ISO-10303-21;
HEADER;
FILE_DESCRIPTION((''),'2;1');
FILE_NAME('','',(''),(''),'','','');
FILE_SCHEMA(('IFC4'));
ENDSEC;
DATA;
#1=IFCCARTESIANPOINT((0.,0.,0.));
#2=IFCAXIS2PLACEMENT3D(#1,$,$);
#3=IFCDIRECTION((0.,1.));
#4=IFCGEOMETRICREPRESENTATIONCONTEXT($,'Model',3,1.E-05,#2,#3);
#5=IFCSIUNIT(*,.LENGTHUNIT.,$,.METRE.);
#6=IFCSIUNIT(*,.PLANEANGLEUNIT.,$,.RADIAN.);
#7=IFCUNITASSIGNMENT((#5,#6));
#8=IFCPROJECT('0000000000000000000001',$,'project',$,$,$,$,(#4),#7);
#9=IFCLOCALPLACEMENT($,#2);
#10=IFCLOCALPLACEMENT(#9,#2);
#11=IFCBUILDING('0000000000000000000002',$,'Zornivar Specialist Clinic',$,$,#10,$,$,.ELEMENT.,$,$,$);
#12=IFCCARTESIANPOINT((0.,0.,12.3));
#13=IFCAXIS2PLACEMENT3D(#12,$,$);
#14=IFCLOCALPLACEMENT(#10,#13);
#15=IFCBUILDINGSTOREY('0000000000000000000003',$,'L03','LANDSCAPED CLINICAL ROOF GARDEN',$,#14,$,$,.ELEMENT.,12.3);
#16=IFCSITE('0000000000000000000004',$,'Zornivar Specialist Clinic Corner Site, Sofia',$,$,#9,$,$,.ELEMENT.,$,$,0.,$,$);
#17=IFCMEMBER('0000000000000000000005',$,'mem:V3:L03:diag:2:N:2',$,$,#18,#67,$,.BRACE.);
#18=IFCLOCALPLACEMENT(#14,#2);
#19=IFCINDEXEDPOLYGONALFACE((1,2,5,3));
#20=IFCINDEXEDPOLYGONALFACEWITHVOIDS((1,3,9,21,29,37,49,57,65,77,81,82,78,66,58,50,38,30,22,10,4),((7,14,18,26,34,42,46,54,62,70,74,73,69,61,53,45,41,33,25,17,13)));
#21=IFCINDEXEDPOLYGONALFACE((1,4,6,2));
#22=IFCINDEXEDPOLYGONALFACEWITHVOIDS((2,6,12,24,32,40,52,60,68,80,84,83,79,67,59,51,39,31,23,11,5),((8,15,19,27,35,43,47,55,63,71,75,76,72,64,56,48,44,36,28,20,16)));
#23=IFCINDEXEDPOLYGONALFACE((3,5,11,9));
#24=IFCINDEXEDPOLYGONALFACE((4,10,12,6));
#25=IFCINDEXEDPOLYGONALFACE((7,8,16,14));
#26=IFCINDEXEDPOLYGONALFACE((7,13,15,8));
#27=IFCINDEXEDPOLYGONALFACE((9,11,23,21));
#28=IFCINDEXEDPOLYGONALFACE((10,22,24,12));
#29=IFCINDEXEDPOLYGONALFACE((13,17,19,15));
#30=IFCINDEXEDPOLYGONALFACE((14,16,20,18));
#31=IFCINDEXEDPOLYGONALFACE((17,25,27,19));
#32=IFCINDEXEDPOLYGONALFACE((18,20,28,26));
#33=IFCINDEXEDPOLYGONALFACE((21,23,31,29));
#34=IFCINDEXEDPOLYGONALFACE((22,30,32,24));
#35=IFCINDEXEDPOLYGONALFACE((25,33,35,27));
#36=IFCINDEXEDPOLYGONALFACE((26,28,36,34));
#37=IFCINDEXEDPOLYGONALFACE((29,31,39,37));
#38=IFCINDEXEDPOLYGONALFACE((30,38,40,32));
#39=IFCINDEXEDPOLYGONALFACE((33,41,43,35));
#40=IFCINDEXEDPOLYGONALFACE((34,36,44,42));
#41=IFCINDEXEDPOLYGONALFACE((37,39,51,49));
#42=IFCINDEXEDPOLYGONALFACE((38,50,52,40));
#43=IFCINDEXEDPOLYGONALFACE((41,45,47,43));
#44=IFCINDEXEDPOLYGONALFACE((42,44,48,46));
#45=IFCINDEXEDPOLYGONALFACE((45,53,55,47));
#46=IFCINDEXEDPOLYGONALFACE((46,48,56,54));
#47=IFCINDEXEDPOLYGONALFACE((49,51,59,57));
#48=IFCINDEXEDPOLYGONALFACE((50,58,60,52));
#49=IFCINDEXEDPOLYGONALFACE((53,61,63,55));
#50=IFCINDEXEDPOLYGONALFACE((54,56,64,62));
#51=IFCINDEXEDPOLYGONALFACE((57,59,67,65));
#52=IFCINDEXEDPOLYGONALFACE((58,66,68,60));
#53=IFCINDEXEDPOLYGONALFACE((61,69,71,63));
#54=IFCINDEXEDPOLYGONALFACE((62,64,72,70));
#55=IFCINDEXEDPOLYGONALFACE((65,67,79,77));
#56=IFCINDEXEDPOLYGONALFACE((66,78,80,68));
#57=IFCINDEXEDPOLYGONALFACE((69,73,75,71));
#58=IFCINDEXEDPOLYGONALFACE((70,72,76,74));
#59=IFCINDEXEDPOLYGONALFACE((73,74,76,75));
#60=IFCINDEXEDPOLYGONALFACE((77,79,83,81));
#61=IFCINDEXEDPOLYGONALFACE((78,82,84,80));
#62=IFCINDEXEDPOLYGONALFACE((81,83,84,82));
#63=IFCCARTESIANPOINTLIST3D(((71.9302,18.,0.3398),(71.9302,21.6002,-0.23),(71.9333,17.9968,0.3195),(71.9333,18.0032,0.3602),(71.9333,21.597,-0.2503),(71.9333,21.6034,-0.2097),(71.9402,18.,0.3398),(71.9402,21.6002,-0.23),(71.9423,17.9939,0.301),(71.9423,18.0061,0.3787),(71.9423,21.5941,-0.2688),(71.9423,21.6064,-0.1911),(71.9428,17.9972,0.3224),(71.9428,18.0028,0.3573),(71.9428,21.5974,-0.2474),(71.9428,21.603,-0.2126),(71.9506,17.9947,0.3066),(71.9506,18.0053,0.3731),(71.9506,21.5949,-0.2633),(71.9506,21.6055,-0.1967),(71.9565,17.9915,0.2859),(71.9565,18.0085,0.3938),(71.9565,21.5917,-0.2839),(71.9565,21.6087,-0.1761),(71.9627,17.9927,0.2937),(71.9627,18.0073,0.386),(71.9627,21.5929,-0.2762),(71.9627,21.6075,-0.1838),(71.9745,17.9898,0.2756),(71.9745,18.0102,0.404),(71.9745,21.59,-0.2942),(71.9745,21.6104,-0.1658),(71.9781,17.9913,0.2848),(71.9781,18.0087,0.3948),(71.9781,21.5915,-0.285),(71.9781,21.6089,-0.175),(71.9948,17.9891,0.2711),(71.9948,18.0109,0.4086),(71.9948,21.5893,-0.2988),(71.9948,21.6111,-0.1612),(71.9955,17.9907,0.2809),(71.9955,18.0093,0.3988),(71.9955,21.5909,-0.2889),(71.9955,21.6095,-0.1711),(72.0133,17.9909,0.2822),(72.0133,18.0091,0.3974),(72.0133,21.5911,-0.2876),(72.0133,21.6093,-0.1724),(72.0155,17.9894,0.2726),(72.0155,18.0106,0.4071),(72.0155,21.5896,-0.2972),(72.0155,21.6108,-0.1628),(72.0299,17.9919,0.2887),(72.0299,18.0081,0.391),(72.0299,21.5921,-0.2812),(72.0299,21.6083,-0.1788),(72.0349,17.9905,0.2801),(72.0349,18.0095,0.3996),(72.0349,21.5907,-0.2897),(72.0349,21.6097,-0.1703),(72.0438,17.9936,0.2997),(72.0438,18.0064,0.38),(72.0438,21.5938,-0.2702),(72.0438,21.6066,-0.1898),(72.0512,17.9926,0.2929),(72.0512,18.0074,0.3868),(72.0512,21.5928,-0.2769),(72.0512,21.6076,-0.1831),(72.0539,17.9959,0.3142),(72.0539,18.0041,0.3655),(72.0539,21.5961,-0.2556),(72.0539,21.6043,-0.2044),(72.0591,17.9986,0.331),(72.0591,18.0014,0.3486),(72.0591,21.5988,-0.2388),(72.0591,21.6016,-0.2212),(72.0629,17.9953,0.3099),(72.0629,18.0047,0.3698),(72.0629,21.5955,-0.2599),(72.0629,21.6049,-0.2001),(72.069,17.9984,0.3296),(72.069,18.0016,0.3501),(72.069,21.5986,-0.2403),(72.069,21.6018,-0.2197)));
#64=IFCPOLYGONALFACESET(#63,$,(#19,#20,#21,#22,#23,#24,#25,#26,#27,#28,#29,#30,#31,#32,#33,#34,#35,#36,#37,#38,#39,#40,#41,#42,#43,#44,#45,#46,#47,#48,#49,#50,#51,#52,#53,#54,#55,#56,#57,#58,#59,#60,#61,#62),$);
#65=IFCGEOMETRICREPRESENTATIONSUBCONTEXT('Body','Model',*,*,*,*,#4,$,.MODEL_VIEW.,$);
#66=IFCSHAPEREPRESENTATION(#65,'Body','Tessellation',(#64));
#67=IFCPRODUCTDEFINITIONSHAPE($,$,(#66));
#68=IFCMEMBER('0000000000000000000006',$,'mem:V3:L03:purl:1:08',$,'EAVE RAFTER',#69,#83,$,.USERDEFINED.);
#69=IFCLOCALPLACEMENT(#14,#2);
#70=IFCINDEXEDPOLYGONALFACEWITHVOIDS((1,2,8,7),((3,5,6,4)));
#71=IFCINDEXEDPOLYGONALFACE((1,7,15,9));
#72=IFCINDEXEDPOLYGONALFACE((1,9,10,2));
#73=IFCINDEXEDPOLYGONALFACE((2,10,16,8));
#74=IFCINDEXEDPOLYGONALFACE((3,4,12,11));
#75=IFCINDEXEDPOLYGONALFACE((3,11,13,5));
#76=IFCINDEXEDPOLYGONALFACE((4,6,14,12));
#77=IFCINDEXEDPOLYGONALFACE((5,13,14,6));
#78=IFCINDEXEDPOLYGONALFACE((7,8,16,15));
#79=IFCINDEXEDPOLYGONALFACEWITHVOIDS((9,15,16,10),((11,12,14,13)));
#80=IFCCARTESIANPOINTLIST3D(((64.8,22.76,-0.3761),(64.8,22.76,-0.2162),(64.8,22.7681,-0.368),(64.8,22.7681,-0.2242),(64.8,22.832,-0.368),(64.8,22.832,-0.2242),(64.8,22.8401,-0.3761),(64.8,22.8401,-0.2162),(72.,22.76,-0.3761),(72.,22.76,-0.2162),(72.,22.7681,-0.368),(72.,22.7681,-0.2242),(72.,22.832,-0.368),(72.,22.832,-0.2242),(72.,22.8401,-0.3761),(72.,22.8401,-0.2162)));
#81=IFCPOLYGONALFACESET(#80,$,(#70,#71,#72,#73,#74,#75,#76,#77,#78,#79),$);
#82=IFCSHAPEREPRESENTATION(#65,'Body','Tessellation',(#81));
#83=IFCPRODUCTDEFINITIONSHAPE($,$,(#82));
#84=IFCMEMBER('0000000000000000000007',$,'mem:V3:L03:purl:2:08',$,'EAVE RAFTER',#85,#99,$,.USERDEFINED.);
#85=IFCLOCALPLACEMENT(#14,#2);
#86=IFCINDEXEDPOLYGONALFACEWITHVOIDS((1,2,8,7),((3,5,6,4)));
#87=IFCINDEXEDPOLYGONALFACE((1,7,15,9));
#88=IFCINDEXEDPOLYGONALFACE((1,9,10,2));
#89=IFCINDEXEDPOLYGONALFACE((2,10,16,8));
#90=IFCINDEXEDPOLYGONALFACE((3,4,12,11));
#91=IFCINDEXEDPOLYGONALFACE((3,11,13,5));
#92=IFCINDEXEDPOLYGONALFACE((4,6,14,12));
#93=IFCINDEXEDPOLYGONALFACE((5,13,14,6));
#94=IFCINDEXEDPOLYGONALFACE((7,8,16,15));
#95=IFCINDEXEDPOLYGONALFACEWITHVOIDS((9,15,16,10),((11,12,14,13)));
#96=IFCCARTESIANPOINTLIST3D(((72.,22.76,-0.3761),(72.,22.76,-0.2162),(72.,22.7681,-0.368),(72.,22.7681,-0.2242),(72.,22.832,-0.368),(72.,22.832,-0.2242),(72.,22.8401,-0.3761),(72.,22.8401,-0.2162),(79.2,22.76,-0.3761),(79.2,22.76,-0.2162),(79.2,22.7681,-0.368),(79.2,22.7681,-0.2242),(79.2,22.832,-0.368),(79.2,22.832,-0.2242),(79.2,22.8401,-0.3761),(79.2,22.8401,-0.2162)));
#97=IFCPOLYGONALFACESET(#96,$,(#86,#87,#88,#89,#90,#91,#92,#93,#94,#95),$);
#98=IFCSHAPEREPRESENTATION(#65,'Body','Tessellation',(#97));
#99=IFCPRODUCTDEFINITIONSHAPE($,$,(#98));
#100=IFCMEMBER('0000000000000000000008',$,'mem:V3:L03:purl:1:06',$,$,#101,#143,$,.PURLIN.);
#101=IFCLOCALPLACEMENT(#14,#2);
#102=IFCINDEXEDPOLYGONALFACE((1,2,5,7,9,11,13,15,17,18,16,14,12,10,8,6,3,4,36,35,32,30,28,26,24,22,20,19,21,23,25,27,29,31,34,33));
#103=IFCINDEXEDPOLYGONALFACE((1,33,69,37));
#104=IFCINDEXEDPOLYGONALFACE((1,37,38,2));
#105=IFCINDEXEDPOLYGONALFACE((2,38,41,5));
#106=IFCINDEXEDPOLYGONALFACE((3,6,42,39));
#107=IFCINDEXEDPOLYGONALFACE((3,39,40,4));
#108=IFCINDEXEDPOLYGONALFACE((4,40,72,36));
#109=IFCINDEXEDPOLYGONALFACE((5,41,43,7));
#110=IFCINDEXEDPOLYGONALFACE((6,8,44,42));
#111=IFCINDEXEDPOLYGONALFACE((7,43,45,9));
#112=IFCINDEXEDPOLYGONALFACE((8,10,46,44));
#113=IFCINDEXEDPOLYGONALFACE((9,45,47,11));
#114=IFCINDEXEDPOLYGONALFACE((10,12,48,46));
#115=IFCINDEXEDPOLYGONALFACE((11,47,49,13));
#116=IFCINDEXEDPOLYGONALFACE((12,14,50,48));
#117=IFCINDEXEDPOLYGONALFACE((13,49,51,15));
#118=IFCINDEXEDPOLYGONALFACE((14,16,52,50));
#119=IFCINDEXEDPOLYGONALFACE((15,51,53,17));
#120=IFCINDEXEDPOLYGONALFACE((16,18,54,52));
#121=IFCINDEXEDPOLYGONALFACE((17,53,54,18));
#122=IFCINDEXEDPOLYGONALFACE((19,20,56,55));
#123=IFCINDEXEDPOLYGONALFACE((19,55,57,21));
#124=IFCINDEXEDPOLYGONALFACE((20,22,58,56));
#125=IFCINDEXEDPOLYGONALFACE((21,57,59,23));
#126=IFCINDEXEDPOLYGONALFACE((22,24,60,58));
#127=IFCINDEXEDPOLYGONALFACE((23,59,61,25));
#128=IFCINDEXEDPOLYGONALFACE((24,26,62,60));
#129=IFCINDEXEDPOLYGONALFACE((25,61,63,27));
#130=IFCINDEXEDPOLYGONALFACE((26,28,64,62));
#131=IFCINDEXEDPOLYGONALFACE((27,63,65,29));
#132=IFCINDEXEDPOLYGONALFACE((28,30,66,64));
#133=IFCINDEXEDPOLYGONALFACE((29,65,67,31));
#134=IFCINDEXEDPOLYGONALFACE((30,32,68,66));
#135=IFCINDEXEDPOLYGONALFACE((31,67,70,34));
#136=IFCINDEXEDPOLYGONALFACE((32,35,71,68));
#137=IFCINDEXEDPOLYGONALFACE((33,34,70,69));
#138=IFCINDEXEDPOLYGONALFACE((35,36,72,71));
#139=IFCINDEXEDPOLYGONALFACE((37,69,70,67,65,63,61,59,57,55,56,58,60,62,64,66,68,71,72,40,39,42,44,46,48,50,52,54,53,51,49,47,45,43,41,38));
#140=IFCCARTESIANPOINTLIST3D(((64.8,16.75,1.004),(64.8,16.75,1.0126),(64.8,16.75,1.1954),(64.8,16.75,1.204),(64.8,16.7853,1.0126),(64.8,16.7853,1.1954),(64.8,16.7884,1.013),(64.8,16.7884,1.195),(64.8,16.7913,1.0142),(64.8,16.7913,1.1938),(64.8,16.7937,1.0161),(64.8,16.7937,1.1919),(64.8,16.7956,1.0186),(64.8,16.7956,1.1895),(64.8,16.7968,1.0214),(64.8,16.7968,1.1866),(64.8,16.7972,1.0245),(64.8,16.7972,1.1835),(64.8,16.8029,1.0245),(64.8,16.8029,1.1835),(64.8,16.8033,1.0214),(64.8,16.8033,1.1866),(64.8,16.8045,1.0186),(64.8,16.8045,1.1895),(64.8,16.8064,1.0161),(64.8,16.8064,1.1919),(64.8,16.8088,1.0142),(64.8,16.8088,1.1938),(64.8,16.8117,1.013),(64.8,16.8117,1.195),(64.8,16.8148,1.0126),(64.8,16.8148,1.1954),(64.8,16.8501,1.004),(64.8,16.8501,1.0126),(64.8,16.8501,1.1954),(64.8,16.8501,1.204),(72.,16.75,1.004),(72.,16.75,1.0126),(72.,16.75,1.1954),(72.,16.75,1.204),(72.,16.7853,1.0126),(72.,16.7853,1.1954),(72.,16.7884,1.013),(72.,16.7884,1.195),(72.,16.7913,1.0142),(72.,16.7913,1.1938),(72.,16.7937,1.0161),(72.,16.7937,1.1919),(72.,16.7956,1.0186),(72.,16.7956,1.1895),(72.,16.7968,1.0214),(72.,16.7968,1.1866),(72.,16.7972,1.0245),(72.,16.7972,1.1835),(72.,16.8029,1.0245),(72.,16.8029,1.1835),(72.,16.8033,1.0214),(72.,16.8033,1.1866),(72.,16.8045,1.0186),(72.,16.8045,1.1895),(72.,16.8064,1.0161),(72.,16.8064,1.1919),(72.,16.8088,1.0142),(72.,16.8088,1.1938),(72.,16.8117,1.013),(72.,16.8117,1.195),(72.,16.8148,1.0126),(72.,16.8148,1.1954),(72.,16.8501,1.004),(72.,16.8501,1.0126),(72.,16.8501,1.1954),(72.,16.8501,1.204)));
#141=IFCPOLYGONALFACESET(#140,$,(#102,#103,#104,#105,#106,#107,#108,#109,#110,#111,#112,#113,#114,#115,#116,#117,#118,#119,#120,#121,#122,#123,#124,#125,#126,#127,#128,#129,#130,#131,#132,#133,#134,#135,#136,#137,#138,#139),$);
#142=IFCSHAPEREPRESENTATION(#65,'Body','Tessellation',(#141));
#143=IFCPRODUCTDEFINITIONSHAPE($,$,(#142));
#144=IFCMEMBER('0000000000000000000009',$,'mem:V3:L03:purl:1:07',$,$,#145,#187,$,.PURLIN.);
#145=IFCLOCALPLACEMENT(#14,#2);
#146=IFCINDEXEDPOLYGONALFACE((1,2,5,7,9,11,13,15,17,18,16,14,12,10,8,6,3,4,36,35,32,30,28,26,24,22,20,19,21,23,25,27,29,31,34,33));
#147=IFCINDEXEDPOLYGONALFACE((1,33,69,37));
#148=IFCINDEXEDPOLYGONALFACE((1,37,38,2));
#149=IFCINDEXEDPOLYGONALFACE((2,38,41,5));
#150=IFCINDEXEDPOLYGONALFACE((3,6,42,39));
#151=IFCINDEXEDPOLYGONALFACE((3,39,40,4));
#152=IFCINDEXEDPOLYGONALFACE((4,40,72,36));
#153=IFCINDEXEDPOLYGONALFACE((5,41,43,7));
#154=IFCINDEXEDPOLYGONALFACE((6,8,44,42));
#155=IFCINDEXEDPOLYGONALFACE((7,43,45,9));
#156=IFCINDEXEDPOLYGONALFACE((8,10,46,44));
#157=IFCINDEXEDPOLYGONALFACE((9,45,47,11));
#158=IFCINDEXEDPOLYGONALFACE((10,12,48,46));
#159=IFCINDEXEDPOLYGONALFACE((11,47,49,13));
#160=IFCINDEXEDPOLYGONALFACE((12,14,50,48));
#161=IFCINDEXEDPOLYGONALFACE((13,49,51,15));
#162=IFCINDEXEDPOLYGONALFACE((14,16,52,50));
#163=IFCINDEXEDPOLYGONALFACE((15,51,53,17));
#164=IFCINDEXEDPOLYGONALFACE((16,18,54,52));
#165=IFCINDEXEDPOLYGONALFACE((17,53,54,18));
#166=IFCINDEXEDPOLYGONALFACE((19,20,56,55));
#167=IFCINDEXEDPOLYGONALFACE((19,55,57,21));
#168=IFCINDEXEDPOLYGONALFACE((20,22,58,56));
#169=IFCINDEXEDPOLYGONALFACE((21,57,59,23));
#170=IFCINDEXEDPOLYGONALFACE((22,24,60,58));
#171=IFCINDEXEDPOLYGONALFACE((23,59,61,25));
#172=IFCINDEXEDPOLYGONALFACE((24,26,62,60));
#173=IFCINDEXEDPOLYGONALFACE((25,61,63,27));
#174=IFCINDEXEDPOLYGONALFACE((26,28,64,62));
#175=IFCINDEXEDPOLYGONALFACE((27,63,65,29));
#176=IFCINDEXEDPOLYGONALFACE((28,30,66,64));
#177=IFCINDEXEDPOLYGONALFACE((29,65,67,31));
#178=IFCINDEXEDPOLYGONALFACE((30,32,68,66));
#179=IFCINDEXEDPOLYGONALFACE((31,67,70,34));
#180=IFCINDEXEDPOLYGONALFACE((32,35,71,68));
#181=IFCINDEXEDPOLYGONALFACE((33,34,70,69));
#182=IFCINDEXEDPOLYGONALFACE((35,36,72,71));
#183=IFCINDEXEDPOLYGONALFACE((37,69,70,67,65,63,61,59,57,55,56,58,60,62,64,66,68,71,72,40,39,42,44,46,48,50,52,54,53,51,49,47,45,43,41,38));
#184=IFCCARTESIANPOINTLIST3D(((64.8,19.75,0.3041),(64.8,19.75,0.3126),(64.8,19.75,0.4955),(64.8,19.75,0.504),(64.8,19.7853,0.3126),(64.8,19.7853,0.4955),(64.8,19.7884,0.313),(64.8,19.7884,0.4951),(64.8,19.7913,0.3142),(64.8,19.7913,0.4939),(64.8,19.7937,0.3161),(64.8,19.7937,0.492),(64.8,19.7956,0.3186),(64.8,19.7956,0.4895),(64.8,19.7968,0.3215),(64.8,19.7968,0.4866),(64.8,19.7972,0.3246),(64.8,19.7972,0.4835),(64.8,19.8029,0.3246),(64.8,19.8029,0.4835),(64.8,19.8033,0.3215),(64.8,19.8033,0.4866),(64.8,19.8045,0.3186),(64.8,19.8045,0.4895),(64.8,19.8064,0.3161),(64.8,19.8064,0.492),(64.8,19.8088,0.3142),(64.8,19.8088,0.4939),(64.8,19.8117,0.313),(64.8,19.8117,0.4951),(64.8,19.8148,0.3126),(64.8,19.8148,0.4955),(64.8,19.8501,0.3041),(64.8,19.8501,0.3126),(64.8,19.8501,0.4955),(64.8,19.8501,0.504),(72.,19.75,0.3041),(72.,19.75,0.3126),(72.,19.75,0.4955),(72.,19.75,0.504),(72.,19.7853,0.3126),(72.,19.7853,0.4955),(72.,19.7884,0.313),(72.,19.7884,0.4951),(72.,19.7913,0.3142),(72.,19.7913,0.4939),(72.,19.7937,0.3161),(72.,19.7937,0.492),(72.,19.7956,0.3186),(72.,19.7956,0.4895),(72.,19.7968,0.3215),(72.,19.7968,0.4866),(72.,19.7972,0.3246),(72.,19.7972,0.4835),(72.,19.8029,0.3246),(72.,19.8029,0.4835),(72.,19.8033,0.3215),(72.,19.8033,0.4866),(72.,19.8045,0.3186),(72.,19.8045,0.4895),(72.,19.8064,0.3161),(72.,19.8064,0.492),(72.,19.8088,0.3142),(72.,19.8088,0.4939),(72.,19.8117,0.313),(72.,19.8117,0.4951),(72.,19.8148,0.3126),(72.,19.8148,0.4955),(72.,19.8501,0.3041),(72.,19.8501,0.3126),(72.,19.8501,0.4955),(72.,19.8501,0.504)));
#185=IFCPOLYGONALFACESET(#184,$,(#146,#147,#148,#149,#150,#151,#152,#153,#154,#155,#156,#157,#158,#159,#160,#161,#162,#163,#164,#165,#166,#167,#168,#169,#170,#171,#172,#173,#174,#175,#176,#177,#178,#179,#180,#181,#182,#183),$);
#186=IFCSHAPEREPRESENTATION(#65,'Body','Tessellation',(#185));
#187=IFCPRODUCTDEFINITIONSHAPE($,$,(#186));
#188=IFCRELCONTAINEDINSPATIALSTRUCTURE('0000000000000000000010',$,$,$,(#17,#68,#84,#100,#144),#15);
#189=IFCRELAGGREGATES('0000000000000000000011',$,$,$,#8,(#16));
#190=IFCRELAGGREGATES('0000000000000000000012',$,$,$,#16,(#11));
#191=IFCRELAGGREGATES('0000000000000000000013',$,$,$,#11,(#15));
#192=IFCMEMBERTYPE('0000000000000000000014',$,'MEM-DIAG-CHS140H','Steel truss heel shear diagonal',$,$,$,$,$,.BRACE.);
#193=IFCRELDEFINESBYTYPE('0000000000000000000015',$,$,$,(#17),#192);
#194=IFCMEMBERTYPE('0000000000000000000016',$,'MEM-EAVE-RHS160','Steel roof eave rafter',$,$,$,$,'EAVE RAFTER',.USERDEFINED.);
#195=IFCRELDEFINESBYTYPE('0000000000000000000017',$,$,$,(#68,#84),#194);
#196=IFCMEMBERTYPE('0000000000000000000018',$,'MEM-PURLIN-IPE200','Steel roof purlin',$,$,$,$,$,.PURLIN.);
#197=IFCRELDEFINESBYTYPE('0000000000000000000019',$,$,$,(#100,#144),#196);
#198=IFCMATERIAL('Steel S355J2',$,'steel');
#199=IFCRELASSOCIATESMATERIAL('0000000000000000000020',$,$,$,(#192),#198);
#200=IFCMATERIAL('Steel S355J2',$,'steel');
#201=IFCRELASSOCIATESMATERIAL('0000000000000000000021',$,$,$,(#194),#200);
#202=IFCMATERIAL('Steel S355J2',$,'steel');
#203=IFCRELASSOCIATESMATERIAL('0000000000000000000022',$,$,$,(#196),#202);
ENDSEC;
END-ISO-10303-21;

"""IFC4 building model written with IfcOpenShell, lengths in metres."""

from ifc_helpers import new_model, si_unit, direction, frame, origin, origin_2d, place, context, subcontext, project, spatial, hollow_rectangle, hollow_circle, i_section, extrude, material, material_profile, profile_set, type_object, element, save


model = new_model("IFC4")

# Units and contexts
model_context = context("Model", 3, precision=1e-05, world=origin(), true_north=direction((0.0, 1.0)))
body_context = subcontext(model_context, "Body", "Model", "MODEL_VIEW")
ifc_project = project(units=[si_unit("LENGTHUNIT", "METRE"), si_unit("PLANEANGLEUNIT", "RADIAN")], contexts=[model_context])

# Site, building, storey
site_placement = place(None, origin())
site = spatial("IfcSite", under=ifc_project, at=site_placement, Name="Zornivar Specialist Clinic Corner Site, Sofia", CompositionType="ELEMENT", RefElevation=0.0)
building_placement = place(site_placement, origin())
building = spatial("IfcBuilding", under=site, at=building_placement, Name="Zornivar Specialist Clinic", CompositionType="ELEMENT")
storey_placement = place(building_placement, frame((0.0, 0.0, 12.3)))
storey = spatial("IfcBuildingStorey", under=building, at=storey_placement, Name="L03", Description="LANDSCAPED CLINICAL ROOF GARDEN", CompositionType="ELEMENT", Elevation=12.3)

# Members
ifc_material_1 = material(Name="Steel S355J2", Category="steel")
ifc_material_profile_1 = material_profile(ifc_material_1, hollow_circle(Radius=0.0698, WallThickness=0.01, at=origin_2d()), Name="CHS 139.7x10")
ifc_profile_set_1 = profile_set([ifc_material_profile_1], Name="Steel S355J2")
member_type_1 = type_object("IfcMemberType", Name="MEM-DIAG-CHS140H", Description="Steel truss heel shear diagonal", PredefinedType="BRACE", material=ifc_profile_set_1)
for number, where, z_axis, x_axis, name in (
    (1, (72.0, 18.0, 0.3398), (0.0, 0.987704, -0.156334), (-1.0, 0.0, 0.0), "mem:V3:L03:diag:2:N:2"),
):
    element("IfcMember", number, at=place(storey_placement, frame(where, z_axis=z_axis, x_axis=x_axis)), inside=storey, type_object=member_type_1, Name=name, PredefinedType="BRACE", context=body_context, shape_type="SweptSolid", body=[
        extrude(hollow_circle(Radius=0.0698, WallThickness=0.01, at=origin_2d()), origin(), (0.0, 0.0, 1.0), 3.645),
    ])
ifc_material_2 = material(Name="Steel S355J2", Category="steel")
ifc_material_profile_2 = material_profile(ifc_material_2, hollow_rectangle(XDim=0.0801, YDim=0.1599, WallThickness=0.0081, at=origin_2d()), Name="RHS 160x80x8")
ifc_profile_set_2 = profile_set([ifc_material_profile_2], Name="Steel S355J2")
member_type_2 = type_object("IfcMemberType", Name="MEM-EAVE-RHS160", Description="Steel roof eave rafter", ElementType="EAVE RAFTER", PredefinedType="USERDEFINED", material=ifc_profile_set_2)
for number, where, z_axis, x_axis, name in (
    (2, (64.8, 22.8, -0.2961), (1.0, 0.0, 0.0), (0.0, 1.0, 0.0), "mem:V3:L03:purl:1:08"),
    (3, (72.0, 22.8, -0.2961), (1.0, 0.0, 0.0), (0.0, 1.0, 0.0), "mem:V3:L03:purl:2:08"),
):
    element("IfcMember", number, at=place(storey_placement, frame(where, z_axis=z_axis, x_axis=x_axis)), inside=storey, type_object=member_type_2, Name=name, ObjectType="EAVE RAFTER", PredefinedType="USERDEFINED", context=body_context, shape_type="SweptSolid", body=[
        extrude(hollow_rectangle(XDim=0.0801, YDim=0.1599, WallThickness=0.0081, at=origin_2d()), origin(), (0.0, 0.0, 1.0), 7.2),
    ])
ifc_material_3 = material(Name="Steel S355J2", Category="steel")
ifc_material_profile_3 = material_profile(ifc_material_3, i_section(OverallWidth=0.1001, OverallDepth=0.2, WebThickness=0.0056, FlangeThickness=0.0085, FilletRadius=0.012, at=origin_2d()), Name="IPE 200")
ifc_profile_set_3 = profile_set([ifc_material_profile_3], Name="Steel S355J2")
member_type_3 = type_object("IfcMemberType", Name="MEM-PURLIN-IPE200", Description="Steel roof purlin", PredefinedType="PURLIN", material=ifc_profile_set_3)
for number, where, z_axis, x_axis, name in (
    (4, (64.8, 16.8, 1.104), (1.0, 0.0, 0.0), (0.0, 1.0, 0.0), "mem:V3:L03:purl:1:06"),
    (5, (64.8, 19.8, 0.4041), (1.0, 0.0, 0.0), (0.0, 1.0, 0.0), "mem:V3:L03:purl:1:07"),
):
    element("IfcMember", number, at=place(storey_placement, frame(where, z_axis=z_axis, x_axis=x_axis)), inside=storey, type_object=member_type_3, Name=name, PredefinedType="PURLIN", context=body_context, shape_type="SweptSolid", body=[
        extrude(i_section(OverallWidth=0.1001, OverallDepth=0.2, WebThickness=0.0056, FlangeThickness=0.0085, FilletRadius=0.012, at=origin_2d()), origin(), (0.0, 0.0, 1.0), 7.2),
    ])

save(model, "model.ifc")
